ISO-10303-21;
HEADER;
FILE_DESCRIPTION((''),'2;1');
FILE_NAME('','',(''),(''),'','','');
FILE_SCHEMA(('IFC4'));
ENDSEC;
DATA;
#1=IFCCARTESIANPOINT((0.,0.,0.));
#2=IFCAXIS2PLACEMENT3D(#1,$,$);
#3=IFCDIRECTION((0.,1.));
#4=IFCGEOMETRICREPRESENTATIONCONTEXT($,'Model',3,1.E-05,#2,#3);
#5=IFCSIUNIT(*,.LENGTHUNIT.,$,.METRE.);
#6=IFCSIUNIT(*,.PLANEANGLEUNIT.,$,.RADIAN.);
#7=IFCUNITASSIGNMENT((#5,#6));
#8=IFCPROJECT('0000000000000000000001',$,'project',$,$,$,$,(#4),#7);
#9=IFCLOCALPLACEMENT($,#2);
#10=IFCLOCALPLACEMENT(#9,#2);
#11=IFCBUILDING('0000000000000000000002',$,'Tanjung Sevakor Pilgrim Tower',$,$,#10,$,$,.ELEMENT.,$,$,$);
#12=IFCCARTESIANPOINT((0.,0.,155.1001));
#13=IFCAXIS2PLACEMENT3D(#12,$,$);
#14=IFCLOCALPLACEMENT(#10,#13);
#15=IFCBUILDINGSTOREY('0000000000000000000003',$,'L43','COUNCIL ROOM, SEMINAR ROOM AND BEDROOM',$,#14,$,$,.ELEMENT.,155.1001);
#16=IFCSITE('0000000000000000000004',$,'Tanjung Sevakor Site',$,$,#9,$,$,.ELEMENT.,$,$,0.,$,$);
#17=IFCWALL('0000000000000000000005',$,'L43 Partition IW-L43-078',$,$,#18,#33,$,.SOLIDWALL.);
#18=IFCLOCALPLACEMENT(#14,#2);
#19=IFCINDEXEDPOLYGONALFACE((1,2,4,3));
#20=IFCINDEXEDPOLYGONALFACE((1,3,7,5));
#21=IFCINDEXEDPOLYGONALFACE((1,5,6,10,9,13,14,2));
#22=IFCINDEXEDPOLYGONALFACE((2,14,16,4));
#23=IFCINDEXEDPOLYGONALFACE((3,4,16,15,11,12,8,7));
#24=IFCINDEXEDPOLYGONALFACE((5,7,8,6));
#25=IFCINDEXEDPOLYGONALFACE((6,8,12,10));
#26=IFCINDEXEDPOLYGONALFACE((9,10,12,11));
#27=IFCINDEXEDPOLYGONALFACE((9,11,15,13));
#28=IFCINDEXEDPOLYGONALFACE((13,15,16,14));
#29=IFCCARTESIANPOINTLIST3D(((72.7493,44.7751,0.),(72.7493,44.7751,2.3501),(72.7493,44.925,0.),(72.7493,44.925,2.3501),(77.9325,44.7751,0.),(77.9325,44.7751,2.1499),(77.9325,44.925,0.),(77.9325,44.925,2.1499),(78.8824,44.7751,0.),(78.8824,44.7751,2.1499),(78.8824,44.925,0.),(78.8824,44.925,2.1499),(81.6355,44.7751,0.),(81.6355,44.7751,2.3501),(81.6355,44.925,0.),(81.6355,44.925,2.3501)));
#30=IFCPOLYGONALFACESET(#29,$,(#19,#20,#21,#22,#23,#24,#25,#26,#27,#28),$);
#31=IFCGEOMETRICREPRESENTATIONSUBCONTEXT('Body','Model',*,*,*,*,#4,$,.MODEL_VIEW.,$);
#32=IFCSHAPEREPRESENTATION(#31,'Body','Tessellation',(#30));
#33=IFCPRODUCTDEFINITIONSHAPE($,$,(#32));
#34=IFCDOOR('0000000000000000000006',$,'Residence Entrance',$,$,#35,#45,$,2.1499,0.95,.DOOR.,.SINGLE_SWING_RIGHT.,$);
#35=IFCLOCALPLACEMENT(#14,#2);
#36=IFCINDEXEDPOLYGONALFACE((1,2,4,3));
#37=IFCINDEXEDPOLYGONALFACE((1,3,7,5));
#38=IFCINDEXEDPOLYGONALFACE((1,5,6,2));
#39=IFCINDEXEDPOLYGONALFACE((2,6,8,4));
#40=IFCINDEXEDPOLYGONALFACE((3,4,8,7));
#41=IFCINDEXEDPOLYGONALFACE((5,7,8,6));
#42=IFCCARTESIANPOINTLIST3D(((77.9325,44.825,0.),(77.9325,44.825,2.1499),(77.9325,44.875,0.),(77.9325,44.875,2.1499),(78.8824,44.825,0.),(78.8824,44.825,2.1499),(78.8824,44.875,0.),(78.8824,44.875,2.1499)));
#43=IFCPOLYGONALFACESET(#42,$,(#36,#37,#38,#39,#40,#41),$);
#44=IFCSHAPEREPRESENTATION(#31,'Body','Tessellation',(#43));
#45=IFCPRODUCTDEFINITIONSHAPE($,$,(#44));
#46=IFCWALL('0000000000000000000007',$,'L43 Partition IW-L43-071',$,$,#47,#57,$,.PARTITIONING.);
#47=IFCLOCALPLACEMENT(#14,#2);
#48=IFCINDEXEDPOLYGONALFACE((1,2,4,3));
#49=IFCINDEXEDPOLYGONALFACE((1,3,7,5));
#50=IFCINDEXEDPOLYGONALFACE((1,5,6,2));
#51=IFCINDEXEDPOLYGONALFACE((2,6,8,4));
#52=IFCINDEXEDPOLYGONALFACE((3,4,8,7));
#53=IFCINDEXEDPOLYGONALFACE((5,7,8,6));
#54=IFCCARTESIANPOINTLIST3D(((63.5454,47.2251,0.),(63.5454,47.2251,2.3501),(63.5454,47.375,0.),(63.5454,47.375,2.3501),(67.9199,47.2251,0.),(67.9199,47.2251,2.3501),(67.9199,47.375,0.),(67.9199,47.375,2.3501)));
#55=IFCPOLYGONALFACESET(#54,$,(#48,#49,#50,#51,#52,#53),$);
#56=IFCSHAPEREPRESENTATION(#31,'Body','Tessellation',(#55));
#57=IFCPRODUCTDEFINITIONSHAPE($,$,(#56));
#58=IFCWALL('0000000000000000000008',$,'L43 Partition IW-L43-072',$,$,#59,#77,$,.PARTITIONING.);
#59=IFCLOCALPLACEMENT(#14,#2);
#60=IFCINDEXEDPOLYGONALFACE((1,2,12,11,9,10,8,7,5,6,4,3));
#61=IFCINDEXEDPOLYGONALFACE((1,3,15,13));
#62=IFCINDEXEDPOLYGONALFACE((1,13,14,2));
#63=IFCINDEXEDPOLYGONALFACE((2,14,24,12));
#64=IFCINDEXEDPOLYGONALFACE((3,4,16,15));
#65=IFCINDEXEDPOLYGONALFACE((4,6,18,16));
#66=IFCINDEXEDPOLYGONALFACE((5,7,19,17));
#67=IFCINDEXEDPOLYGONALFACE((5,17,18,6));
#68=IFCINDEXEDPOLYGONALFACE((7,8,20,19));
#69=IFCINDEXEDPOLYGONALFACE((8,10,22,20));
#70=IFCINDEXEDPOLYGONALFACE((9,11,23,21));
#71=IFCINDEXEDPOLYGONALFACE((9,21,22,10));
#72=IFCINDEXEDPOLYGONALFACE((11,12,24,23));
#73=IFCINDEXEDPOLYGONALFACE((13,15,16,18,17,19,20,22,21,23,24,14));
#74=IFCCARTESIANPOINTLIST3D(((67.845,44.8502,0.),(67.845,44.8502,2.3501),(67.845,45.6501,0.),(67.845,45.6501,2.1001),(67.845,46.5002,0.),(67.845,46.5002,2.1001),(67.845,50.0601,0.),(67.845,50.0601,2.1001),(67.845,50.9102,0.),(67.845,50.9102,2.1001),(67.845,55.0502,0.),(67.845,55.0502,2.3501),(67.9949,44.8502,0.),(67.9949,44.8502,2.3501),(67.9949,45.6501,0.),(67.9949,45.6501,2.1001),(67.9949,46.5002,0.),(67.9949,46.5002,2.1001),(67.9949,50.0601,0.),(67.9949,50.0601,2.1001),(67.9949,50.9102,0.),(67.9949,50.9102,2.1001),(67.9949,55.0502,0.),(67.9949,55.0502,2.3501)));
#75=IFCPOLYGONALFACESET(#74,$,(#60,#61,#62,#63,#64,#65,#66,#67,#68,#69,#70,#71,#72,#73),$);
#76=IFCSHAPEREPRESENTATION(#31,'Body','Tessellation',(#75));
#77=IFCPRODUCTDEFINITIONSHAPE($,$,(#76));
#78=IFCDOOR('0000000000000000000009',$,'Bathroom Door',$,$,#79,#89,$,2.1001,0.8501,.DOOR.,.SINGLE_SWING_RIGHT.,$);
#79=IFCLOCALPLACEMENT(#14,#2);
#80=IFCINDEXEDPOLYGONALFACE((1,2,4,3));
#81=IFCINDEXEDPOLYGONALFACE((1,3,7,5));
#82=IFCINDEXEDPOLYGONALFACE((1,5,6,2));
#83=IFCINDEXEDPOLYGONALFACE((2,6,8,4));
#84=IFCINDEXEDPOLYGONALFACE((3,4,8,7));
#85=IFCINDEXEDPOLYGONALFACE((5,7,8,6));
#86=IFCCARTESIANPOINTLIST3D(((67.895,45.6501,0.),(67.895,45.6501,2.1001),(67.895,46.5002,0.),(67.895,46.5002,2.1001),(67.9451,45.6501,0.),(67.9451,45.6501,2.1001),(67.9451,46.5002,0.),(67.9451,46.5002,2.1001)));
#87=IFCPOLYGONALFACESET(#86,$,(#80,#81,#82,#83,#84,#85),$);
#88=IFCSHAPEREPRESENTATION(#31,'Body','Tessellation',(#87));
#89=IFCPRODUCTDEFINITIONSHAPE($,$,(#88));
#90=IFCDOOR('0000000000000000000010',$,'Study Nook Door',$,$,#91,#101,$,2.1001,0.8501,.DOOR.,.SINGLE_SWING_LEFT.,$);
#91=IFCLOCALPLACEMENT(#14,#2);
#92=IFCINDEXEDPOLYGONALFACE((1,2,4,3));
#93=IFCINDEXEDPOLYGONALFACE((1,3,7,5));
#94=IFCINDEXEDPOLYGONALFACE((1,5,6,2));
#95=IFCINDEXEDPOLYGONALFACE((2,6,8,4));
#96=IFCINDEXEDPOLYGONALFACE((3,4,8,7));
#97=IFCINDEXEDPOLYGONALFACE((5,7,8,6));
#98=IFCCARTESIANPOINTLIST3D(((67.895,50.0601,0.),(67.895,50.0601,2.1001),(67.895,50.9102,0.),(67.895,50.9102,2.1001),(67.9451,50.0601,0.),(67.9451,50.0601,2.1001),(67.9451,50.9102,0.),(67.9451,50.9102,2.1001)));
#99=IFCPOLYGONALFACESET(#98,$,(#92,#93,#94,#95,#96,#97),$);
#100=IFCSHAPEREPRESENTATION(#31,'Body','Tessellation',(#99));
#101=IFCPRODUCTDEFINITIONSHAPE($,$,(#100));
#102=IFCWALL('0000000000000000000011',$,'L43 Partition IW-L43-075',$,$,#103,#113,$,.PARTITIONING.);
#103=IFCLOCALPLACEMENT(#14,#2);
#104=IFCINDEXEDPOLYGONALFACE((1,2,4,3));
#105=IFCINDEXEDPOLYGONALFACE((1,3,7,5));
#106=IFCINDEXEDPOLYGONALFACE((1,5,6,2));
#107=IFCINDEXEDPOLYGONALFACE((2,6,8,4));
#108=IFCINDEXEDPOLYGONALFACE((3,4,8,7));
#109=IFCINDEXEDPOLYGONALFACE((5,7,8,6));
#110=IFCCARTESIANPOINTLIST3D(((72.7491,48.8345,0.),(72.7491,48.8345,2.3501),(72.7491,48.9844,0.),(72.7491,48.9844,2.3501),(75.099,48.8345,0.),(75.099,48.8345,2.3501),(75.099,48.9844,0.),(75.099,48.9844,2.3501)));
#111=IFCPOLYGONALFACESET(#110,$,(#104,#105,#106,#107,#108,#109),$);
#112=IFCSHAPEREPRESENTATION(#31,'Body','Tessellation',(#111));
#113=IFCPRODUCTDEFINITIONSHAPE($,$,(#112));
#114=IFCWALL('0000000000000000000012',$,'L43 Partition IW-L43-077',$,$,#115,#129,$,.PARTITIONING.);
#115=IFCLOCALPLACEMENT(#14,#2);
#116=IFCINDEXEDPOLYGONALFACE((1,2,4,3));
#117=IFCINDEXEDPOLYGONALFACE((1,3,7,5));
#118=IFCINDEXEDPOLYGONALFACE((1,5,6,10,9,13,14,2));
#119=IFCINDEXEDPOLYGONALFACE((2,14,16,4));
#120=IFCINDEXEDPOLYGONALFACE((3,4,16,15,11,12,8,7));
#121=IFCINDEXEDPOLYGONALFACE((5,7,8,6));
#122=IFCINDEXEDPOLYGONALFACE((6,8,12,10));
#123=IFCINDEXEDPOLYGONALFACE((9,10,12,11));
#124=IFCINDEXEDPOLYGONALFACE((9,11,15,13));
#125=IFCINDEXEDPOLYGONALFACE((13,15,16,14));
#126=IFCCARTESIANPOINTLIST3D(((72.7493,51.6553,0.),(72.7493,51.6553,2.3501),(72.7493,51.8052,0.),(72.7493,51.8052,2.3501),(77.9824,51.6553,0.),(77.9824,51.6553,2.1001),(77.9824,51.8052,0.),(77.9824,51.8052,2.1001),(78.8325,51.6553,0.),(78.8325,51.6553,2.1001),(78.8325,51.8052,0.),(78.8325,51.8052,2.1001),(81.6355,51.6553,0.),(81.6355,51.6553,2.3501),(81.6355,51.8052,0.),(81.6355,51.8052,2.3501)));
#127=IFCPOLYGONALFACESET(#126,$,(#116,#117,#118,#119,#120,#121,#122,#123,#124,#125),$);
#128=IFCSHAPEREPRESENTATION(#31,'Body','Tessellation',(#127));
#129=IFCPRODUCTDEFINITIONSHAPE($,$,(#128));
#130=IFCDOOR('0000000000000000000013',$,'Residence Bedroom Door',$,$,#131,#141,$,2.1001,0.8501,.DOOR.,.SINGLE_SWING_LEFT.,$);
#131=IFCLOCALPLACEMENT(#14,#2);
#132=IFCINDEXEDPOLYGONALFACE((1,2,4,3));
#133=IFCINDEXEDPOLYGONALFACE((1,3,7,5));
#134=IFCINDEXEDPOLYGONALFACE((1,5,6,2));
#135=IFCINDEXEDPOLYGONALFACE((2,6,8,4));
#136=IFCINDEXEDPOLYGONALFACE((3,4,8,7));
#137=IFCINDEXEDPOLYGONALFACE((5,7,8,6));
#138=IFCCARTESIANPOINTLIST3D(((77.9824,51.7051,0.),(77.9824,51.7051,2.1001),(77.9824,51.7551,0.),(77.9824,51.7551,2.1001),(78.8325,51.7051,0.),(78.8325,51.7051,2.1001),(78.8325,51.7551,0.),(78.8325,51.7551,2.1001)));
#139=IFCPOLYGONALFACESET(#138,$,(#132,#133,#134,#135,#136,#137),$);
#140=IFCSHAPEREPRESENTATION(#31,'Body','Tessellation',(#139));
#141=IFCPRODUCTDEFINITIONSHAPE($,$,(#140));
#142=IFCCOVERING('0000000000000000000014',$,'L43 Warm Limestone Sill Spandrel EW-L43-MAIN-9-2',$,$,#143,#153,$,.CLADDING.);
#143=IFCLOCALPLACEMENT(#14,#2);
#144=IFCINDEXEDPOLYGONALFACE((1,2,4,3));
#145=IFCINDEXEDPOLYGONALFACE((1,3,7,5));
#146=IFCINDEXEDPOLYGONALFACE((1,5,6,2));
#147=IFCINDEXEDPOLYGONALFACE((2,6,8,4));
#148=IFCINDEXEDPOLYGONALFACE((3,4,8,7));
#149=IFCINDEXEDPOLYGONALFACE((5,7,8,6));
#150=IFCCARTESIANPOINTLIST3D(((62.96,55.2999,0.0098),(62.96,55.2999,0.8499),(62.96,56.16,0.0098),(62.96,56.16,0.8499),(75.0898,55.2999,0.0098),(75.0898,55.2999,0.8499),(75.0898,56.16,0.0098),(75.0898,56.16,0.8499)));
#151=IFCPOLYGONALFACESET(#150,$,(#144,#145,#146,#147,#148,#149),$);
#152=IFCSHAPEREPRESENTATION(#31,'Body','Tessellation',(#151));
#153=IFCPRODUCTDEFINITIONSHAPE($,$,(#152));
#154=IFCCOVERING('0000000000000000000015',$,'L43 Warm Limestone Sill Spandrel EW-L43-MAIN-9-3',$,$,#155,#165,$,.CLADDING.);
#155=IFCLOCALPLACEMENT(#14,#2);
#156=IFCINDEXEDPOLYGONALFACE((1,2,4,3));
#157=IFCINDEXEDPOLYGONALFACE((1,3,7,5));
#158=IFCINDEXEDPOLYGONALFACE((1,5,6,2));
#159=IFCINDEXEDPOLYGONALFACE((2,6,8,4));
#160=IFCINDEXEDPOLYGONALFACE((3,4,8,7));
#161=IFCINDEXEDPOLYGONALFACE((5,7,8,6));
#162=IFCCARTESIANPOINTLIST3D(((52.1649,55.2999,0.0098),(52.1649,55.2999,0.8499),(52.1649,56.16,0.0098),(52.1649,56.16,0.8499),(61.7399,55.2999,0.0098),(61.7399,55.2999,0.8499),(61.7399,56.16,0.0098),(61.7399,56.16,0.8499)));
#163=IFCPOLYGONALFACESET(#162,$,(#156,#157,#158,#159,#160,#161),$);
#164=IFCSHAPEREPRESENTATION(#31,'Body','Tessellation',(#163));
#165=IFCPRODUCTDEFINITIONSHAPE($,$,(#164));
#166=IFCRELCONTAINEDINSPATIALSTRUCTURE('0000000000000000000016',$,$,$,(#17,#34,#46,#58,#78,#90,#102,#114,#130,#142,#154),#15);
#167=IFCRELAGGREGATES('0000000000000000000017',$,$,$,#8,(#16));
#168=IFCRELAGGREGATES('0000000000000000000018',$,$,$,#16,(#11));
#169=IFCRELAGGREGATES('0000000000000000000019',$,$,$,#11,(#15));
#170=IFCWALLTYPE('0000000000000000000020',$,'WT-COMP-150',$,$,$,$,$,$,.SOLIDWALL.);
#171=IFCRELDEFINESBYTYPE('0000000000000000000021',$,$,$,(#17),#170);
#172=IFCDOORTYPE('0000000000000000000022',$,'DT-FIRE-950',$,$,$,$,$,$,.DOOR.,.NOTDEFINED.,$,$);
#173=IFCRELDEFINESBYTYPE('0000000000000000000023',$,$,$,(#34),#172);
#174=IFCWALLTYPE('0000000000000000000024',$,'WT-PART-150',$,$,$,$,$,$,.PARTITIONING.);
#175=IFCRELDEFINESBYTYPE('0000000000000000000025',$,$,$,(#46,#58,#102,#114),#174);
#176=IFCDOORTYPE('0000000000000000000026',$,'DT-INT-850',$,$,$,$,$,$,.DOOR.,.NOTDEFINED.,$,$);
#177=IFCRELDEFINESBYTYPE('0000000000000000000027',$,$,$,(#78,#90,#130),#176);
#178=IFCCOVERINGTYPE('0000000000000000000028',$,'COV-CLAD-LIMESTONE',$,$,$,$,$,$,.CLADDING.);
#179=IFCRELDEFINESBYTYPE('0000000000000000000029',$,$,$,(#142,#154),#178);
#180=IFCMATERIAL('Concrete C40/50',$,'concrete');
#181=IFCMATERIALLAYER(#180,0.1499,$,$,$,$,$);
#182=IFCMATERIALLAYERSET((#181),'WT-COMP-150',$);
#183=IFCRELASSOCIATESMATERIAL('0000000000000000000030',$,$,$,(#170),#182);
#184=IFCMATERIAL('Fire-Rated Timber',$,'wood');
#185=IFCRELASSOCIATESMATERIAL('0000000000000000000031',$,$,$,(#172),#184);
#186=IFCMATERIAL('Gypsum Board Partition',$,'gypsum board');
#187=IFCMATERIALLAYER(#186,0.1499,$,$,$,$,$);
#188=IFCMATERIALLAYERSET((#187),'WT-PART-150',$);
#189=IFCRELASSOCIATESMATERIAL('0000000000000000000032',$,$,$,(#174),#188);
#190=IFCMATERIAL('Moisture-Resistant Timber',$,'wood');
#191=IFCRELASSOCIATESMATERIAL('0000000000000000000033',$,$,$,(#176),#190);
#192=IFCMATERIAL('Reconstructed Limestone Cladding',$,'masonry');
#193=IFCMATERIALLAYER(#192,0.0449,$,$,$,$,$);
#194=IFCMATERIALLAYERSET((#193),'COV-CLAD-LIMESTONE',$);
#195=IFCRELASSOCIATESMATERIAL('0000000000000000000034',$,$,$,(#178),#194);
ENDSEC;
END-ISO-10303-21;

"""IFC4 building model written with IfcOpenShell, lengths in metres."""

from ifc_helpers import new_model, si_unit, direction, frame, frame_2d, origin, origin_2d, place, context, subcontext, project, spatial, rectangle, extrude, material, layer, layer_set, type_object, element, fill, save


model = new_model("IFC4")

# Units and contexts
model_context = context("Model", 3, precision=1e-05, world=origin(), true_north=direction((0.0, 1.0)))
body_context = subcontext(model_context, "Body", "Model", "MODEL_VIEW")
ifc_project = project(units=[si_unit("LENGTHUNIT", "METRE"), si_unit("PLANEANGLEUNIT", "RADIAN")], contexts=[model_context])

# Site, building, storey
site_placement = place(None, origin())
site = spatial("IfcSite", under=ifc_project, at=site_placement, Name="Tanjung Sevakor Site", CompositionType="ELEMENT", RefElevation=0.0)
building_placement = place(site_placement, origin())
building = spatial("IfcBuilding", under=site, at=building_placement, Name="Tanjung Sevakor Pilgrim Tower", CompositionType="ELEMENT")
storey_placement = place(building_placement, frame((0.0, 0.0, 155.1001)))
storey = spatial("IfcBuildingStorey", under=building, at=storey_placement, Name="L43", Description="COUNCIL ROOM, SEMINAR ROOM AND BEDROOM", CompositionType="ELEMENT", Elevation=155.1001)

# Shared definitions
ifc_material_1 = material(Name="Concrete C40/50", Category="concrete")
ifc_layer_1 = layer(ifc_material_1, 0.1499)
ifc_layer_set_1 = layer_set([ifc_layer_1], Name="WT-COMP-150")
wall_type_1 = type_object("IfcWallType", Name="WT-COMP-150", PredefinedType="SOLIDWALL", material=ifc_layer_set_1)

# Wall, opening, door
wall_1_placement = place(storey_placement, frame((72.7493, 44.8501, 0.0), z_axis=(0.0, 0.0, 1.0), x_axis=(1.0, 0.0, 0.0)))
wall_1 = element("IfcWall", 1, at=wall_1_placement, inside=storey, type_object=wall_type_1, Name="L43 Partition IW-L43-078", PredefinedType="SOLIDWALL", context=body_context, shape_type="SweptSolid", body=[
    extrude(rectangle(XDim=8.8862, YDim=0.1499, at=frame_2d((4.4431, 0.0))), origin(), (0.0, 0.0, 1.0), 2.3501),
])
opening_1_placement = place(wall_1_placement, frame((5.1831, 0.0, 0.0)))
opening_1 = element("IfcOpeningElement", 2, at=opening_1_placement, cuts=wall_1, PredefinedType="OPENING", context=body_context, shape_type="SweptSolid", body=[
    extrude(rectangle(XDim=0.95, YDim=2.1499, at=frame_2d((0.4751, 1.075))), frame((0.0, 0.085, 0.0), z_axis=(0.0, -1.0, 0.0), x_axis=(1.0, 0.0, 0.0)), (0.0, 0.0, 1.0), 0.1699),
])
ifc_material_2 = material(Name="Fire-Rated Timber", Category="wood")
door_type_1 = type_object("IfcDoorType", Name="DT-FIRE-950", OperationType="NOTDEFINED", PredefinedType="DOOR", material=ifc_material_2)
door_1_placement = place(opening_1_placement, origin())
door_1 = element("IfcDoor", 3, at=door_1_placement, inside=storey, type_object=door_type_1, Name="Residence Entrance", OperationType="SINGLE_SWING_RIGHT", OverallHeight=2.1499, OverallWidth=0.95, PredefinedType="DOOR", context=body_context, shape_type="SweptSolid", body=[
    extrude(rectangle(XDim=0.95, YDim=2.1499, at=frame_2d((0.4751, 1.075))), frame((0.0, 0.0249, 0.0), z_axis=(0.0, -1.0, 0.0), x_axis=(1.0, 0.0, 0.0)), (0.0, 0.0, 1.0), 0.05),
])
fill(opening_1, door_1)

# Wall
ifc_material_3 = material(Name="Gypsum Board Partition", Category="gypsum board")
ifc_layer_2 = layer(ifc_material_3, 0.1499)
ifc_layer_set_2 = layer_set([ifc_layer_2], Name="WT-PART-150")
wall_type_2 = type_object("IfcWallType", Name="WT-PART-150", PredefinedType="PARTITIONING", material=ifc_layer_set_2)
wall_2_placement = place(storey_placement, frame((63.5454, 47.3, 0.0), z_axis=(0.0, 0.0, 1.0), x_axis=(1.0, 0.0, 0.0)))
element("IfcWall", 4, at=wall_2_placement, inside=storey, type_object=wall_type_2, Name="L43 Partition IW-L43-071", PredefinedType="PARTITIONING", context=body_context, shape_type="SweptSolid", body=[
    extrude(rectangle(XDim=4.3745, YDim=0.1499, at=frame_2d((2.1873, 0.0))), origin(), (0.0, 0.0, 1.0), 2.3501),
])

# Wall, openings, doors
wall_3_placement = place(storey_placement, frame((67.9199, 44.8501, 0.0), z_axis=(0.0, 0.0, 1.0), x_axis=(0.0, 1.0, 0.0)))
wall_3 = element("IfcWall", 5, at=wall_3_placement, inside=storey, type_object=wall_type_2, Name="L43 Partition IW-L43-072", PredefinedType="PARTITIONING", context=body_context, shape_type="SweptSolid", body=[
    extrude(rectangle(XDim=10.2, YDim=0.1499, at=frame_2d((5.1001, 0.0))), origin(), (0.0, 0.0, 1.0), 2.3501),
])
opening_2_placement = place(wall_3_placement, frame((0.8, 0.0, 0.0)))
opening_2 = element("IfcOpeningElement", 6, at=opening_2_placement, cuts=wall_3, PredefinedType="OPENING", context=body_context, shape_type="SweptSolid", body=[
    extrude(rectangle(XDim=0.8501, YDim=2.1001, at=frame_2d((0.425, 1.05))), frame((0.0, 0.085, 0.0), z_axis=(0.0, -1.0, 0.0), x_axis=(1.0, 0.0, 0.0)), (0.0, 0.0, 1.0), 0.1699),
])
opening_3_placement = place(wall_3_placement, frame((5.21, 0.0, 0.0)))
opening_3 = element("IfcOpeningElement", 7, at=opening_3_placement, cuts=wall_3, PredefinedType="OPENING", context=body_context, shape_type="SweptSolid", body=[
    extrude(rectangle(XDim=0.8501, YDim=2.1001, at=frame_2d((0.425, 1.05))), frame((0.0, 0.085, 0.0), z_axis=(0.0, -1.0, 0.0), x_axis=(1.0, 0.0, 0.0)), (0.0, 0.0, 1.0), 0.1699),
])
ifc_material_4 = material(Name="Moisture-Resistant Timber", Category="wood")
door_type_2 = type_object("IfcDoorType", Name="DT-INT-850", OperationType="NOTDEFINED", PredefinedType="DOOR", material=ifc_material_4)
door_2_placement = place(opening_2_placement, origin())
door_2 = element("IfcDoor", 8, at=door_2_placement, inside=storey, type_object=door_type_2, Name="Bathroom Door", OperationType="SINGLE_SWING_RIGHT", OverallHeight=2.1001, OverallWidth=0.8501, PredefinedType="DOOR", context=body_context, shape_type="SweptSolid", body=[
    extrude(rectangle(XDim=0.8501, YDim=2.1001, at=frame_2d((0.425, 1.05))), frame((0.0, 0.0249, 0.0), z_axis=(0.0, -1.0, 0.0), x_axis=(1.0, 0.0, 0.0)), (0.0, 0.0, 1.0), 0.05),
])
fill(opening_2, door_2)
door_3_placement = place(opening_3_placement, origin())
door_3 = element("IfcDoor", 9, at=door_3_placement, inside=storey, type_object=door_type_2, Name="Study Nook Door", OperationType="SINGLE_SWING_LEFT", OverallHeight=2.1001, OverallWidth=0.8501, PredefinedType="DOOR", context=body_context, shape_type="SweptSolid", body=[
    extrude(rectangle(XDim=0.8501, YDim=2.1001, at=frame_2d((0.425, 1.05))), frame((0.0, 0.0249, 0.0), z_axis=(0.0, -1.0, 0.0), x_axis=(1.0, 0.0, 0.0)), (0.0, 0.0, 1.0), 0.05),
])
fill(opening_3, door_3)

# Wall
wall_4_placement = place(storey_placement, frame((72.7493, 48.9094, 0.0), z_axis=(0.0, 0.0, 1.0), x_axis=(1.0, 0.0, 0.0)))
element("IfcWall", 10, at=wall_4_placement, inside=storey, type_object=wall_type_2, Name="L43 Partition IW-L43-075", PredefinedType="PARTITIONING", context=body_context, shape_type="SweptSolid", body=[
    extrude(rectangle(XDim=2.3499, YDim=0.1499, at=frame_2d((1.1748, 0.0))), origin(), (0.0, 0.0, 1.0), 2.3501),
])

# Wall, opening, door
wall_5_placement = place(storey_placement, frame((72.7493, 51.7302, 0.0), z_axis=(0.0, 0.0, 1.0), x_axis=(1.0, 0.0, 0.0)))
wall_5 = element("IfcWall", 11, at=wall_5_placement, inside=storey, type_object=wall_type_2, Name="L43 Partition IW-L43-077", PredefinedType="PARTITIONING", context=body_context, shape_type="SweptSolid", body=[
    extrude(rectangle(XDim=8.8862, YDim=0.1499, at=frame_2d((4.4431, 0.0))), origin(), (0.0, 0.0, 1.0), 2.3501),
])
opening_4_placement = place(wall_5_placement, frame((5.2332, 0.0, 0.0)))
opening_4 = element("IfcOpeningElement", 12, at=opening_4_placement, cuts=wall_5, PredefinedType="OPENING", context=body_context, shape_type="SweptSolid", body=[
    extrude(rectangle(XDim=0.8501, YDim=2.1001, at=frame_2d((0.425, 1.05))), frame((0.0, 0.085, 0.0), z_axis=(0.0, -1.0, 0.0), x_axis=(1.0, 0.0, 0.0)), (0.0, 0.0, 1.0), 0.1699),
])
door_4_placement = place(opening_4_placement, origin())
door_4 = element("IfcDoor", 13, at=door_4_placement, inside=storey, type_object=door_type_2, Name="Residence Bedroom Door", OperationType="SINGLE_SWING_LEFT", OverallHeight=2.1001, OverallWidth=0.8501, PredefinedType="DOOR", context=body_context, shape_type="SweptSolid", body=[
    extrude(rectangle(XDim=0.8501, YDim=2.1001, at=frame_2d((0.425, 1.05))), frame((0.0, 0.0249, 0.0), z_axis=(0.0, -1.0, 0.0), x_axis=(1.0, 0.0, 0.0)), (0.0, 0.0, 1.0), 0.05),
])
fill(opening_4, door_4)

# Coverings
ifc_material_5 = material(Name="Reconstructed Limestone Cladding", Category="masonry")
ifc_layer_3 = layer(ifc_material_5, 0.0449)
ifc_layer_set_3 = layer_set([ifc_layer_3], Name="COV-CLAD-LIMESTONE")
covering_type = type_object("IfcCoveringType", Name="COV-CLAD-LIMESTONE", PredefinedType="CLADDING", material=ifc_layer_set_3)
covering_1_placement = place(storey_placement, frame((69.0249, 55.73, 0.0098), z_axis=(0.0, 0.0, 1.0), x_axis=(-1.0, 0.0, 0.0)))
element("IfcCovering", 14, at=covering_1_placement, inside=storey, type_object=covering_type, Name="L43 Warm Limestone Sill Spandrel EW-L43-MAIN-9-2", PredefinedType="CLADDING", context=body_context, shape_type="SweptSolid", body=[
    extrude(rectangle(XDim=12.1299, YDim=0.8601, at=origin_2d()), origin(), (0.0, 0.0, 1.0), 0.8401),
])
covering_2_placement = place(storey_placement, frame((56.9524, 55.73, 0.0098), z_axis=(0.0, 0.0, 1.0), x_axis=(-1.0, 0.0, 0.0)))
element("IfcCovering", 15, at=covering_2_placement, inside=storey, type_object=covering_type, Name="L43 Warm Limestone Sill Spandrel EW-L43-MAIN-9-3", PredefinedType="CLADDING", context=body_context, shape_type="SweptSolid", body=[
    extrude(rectangle(XDim=9.575, YDim=0.8601, at=origin_2d()), origin(), (0.0, 0.0, 1.0), 0.8401),
])

save(model, "model.ifc")
